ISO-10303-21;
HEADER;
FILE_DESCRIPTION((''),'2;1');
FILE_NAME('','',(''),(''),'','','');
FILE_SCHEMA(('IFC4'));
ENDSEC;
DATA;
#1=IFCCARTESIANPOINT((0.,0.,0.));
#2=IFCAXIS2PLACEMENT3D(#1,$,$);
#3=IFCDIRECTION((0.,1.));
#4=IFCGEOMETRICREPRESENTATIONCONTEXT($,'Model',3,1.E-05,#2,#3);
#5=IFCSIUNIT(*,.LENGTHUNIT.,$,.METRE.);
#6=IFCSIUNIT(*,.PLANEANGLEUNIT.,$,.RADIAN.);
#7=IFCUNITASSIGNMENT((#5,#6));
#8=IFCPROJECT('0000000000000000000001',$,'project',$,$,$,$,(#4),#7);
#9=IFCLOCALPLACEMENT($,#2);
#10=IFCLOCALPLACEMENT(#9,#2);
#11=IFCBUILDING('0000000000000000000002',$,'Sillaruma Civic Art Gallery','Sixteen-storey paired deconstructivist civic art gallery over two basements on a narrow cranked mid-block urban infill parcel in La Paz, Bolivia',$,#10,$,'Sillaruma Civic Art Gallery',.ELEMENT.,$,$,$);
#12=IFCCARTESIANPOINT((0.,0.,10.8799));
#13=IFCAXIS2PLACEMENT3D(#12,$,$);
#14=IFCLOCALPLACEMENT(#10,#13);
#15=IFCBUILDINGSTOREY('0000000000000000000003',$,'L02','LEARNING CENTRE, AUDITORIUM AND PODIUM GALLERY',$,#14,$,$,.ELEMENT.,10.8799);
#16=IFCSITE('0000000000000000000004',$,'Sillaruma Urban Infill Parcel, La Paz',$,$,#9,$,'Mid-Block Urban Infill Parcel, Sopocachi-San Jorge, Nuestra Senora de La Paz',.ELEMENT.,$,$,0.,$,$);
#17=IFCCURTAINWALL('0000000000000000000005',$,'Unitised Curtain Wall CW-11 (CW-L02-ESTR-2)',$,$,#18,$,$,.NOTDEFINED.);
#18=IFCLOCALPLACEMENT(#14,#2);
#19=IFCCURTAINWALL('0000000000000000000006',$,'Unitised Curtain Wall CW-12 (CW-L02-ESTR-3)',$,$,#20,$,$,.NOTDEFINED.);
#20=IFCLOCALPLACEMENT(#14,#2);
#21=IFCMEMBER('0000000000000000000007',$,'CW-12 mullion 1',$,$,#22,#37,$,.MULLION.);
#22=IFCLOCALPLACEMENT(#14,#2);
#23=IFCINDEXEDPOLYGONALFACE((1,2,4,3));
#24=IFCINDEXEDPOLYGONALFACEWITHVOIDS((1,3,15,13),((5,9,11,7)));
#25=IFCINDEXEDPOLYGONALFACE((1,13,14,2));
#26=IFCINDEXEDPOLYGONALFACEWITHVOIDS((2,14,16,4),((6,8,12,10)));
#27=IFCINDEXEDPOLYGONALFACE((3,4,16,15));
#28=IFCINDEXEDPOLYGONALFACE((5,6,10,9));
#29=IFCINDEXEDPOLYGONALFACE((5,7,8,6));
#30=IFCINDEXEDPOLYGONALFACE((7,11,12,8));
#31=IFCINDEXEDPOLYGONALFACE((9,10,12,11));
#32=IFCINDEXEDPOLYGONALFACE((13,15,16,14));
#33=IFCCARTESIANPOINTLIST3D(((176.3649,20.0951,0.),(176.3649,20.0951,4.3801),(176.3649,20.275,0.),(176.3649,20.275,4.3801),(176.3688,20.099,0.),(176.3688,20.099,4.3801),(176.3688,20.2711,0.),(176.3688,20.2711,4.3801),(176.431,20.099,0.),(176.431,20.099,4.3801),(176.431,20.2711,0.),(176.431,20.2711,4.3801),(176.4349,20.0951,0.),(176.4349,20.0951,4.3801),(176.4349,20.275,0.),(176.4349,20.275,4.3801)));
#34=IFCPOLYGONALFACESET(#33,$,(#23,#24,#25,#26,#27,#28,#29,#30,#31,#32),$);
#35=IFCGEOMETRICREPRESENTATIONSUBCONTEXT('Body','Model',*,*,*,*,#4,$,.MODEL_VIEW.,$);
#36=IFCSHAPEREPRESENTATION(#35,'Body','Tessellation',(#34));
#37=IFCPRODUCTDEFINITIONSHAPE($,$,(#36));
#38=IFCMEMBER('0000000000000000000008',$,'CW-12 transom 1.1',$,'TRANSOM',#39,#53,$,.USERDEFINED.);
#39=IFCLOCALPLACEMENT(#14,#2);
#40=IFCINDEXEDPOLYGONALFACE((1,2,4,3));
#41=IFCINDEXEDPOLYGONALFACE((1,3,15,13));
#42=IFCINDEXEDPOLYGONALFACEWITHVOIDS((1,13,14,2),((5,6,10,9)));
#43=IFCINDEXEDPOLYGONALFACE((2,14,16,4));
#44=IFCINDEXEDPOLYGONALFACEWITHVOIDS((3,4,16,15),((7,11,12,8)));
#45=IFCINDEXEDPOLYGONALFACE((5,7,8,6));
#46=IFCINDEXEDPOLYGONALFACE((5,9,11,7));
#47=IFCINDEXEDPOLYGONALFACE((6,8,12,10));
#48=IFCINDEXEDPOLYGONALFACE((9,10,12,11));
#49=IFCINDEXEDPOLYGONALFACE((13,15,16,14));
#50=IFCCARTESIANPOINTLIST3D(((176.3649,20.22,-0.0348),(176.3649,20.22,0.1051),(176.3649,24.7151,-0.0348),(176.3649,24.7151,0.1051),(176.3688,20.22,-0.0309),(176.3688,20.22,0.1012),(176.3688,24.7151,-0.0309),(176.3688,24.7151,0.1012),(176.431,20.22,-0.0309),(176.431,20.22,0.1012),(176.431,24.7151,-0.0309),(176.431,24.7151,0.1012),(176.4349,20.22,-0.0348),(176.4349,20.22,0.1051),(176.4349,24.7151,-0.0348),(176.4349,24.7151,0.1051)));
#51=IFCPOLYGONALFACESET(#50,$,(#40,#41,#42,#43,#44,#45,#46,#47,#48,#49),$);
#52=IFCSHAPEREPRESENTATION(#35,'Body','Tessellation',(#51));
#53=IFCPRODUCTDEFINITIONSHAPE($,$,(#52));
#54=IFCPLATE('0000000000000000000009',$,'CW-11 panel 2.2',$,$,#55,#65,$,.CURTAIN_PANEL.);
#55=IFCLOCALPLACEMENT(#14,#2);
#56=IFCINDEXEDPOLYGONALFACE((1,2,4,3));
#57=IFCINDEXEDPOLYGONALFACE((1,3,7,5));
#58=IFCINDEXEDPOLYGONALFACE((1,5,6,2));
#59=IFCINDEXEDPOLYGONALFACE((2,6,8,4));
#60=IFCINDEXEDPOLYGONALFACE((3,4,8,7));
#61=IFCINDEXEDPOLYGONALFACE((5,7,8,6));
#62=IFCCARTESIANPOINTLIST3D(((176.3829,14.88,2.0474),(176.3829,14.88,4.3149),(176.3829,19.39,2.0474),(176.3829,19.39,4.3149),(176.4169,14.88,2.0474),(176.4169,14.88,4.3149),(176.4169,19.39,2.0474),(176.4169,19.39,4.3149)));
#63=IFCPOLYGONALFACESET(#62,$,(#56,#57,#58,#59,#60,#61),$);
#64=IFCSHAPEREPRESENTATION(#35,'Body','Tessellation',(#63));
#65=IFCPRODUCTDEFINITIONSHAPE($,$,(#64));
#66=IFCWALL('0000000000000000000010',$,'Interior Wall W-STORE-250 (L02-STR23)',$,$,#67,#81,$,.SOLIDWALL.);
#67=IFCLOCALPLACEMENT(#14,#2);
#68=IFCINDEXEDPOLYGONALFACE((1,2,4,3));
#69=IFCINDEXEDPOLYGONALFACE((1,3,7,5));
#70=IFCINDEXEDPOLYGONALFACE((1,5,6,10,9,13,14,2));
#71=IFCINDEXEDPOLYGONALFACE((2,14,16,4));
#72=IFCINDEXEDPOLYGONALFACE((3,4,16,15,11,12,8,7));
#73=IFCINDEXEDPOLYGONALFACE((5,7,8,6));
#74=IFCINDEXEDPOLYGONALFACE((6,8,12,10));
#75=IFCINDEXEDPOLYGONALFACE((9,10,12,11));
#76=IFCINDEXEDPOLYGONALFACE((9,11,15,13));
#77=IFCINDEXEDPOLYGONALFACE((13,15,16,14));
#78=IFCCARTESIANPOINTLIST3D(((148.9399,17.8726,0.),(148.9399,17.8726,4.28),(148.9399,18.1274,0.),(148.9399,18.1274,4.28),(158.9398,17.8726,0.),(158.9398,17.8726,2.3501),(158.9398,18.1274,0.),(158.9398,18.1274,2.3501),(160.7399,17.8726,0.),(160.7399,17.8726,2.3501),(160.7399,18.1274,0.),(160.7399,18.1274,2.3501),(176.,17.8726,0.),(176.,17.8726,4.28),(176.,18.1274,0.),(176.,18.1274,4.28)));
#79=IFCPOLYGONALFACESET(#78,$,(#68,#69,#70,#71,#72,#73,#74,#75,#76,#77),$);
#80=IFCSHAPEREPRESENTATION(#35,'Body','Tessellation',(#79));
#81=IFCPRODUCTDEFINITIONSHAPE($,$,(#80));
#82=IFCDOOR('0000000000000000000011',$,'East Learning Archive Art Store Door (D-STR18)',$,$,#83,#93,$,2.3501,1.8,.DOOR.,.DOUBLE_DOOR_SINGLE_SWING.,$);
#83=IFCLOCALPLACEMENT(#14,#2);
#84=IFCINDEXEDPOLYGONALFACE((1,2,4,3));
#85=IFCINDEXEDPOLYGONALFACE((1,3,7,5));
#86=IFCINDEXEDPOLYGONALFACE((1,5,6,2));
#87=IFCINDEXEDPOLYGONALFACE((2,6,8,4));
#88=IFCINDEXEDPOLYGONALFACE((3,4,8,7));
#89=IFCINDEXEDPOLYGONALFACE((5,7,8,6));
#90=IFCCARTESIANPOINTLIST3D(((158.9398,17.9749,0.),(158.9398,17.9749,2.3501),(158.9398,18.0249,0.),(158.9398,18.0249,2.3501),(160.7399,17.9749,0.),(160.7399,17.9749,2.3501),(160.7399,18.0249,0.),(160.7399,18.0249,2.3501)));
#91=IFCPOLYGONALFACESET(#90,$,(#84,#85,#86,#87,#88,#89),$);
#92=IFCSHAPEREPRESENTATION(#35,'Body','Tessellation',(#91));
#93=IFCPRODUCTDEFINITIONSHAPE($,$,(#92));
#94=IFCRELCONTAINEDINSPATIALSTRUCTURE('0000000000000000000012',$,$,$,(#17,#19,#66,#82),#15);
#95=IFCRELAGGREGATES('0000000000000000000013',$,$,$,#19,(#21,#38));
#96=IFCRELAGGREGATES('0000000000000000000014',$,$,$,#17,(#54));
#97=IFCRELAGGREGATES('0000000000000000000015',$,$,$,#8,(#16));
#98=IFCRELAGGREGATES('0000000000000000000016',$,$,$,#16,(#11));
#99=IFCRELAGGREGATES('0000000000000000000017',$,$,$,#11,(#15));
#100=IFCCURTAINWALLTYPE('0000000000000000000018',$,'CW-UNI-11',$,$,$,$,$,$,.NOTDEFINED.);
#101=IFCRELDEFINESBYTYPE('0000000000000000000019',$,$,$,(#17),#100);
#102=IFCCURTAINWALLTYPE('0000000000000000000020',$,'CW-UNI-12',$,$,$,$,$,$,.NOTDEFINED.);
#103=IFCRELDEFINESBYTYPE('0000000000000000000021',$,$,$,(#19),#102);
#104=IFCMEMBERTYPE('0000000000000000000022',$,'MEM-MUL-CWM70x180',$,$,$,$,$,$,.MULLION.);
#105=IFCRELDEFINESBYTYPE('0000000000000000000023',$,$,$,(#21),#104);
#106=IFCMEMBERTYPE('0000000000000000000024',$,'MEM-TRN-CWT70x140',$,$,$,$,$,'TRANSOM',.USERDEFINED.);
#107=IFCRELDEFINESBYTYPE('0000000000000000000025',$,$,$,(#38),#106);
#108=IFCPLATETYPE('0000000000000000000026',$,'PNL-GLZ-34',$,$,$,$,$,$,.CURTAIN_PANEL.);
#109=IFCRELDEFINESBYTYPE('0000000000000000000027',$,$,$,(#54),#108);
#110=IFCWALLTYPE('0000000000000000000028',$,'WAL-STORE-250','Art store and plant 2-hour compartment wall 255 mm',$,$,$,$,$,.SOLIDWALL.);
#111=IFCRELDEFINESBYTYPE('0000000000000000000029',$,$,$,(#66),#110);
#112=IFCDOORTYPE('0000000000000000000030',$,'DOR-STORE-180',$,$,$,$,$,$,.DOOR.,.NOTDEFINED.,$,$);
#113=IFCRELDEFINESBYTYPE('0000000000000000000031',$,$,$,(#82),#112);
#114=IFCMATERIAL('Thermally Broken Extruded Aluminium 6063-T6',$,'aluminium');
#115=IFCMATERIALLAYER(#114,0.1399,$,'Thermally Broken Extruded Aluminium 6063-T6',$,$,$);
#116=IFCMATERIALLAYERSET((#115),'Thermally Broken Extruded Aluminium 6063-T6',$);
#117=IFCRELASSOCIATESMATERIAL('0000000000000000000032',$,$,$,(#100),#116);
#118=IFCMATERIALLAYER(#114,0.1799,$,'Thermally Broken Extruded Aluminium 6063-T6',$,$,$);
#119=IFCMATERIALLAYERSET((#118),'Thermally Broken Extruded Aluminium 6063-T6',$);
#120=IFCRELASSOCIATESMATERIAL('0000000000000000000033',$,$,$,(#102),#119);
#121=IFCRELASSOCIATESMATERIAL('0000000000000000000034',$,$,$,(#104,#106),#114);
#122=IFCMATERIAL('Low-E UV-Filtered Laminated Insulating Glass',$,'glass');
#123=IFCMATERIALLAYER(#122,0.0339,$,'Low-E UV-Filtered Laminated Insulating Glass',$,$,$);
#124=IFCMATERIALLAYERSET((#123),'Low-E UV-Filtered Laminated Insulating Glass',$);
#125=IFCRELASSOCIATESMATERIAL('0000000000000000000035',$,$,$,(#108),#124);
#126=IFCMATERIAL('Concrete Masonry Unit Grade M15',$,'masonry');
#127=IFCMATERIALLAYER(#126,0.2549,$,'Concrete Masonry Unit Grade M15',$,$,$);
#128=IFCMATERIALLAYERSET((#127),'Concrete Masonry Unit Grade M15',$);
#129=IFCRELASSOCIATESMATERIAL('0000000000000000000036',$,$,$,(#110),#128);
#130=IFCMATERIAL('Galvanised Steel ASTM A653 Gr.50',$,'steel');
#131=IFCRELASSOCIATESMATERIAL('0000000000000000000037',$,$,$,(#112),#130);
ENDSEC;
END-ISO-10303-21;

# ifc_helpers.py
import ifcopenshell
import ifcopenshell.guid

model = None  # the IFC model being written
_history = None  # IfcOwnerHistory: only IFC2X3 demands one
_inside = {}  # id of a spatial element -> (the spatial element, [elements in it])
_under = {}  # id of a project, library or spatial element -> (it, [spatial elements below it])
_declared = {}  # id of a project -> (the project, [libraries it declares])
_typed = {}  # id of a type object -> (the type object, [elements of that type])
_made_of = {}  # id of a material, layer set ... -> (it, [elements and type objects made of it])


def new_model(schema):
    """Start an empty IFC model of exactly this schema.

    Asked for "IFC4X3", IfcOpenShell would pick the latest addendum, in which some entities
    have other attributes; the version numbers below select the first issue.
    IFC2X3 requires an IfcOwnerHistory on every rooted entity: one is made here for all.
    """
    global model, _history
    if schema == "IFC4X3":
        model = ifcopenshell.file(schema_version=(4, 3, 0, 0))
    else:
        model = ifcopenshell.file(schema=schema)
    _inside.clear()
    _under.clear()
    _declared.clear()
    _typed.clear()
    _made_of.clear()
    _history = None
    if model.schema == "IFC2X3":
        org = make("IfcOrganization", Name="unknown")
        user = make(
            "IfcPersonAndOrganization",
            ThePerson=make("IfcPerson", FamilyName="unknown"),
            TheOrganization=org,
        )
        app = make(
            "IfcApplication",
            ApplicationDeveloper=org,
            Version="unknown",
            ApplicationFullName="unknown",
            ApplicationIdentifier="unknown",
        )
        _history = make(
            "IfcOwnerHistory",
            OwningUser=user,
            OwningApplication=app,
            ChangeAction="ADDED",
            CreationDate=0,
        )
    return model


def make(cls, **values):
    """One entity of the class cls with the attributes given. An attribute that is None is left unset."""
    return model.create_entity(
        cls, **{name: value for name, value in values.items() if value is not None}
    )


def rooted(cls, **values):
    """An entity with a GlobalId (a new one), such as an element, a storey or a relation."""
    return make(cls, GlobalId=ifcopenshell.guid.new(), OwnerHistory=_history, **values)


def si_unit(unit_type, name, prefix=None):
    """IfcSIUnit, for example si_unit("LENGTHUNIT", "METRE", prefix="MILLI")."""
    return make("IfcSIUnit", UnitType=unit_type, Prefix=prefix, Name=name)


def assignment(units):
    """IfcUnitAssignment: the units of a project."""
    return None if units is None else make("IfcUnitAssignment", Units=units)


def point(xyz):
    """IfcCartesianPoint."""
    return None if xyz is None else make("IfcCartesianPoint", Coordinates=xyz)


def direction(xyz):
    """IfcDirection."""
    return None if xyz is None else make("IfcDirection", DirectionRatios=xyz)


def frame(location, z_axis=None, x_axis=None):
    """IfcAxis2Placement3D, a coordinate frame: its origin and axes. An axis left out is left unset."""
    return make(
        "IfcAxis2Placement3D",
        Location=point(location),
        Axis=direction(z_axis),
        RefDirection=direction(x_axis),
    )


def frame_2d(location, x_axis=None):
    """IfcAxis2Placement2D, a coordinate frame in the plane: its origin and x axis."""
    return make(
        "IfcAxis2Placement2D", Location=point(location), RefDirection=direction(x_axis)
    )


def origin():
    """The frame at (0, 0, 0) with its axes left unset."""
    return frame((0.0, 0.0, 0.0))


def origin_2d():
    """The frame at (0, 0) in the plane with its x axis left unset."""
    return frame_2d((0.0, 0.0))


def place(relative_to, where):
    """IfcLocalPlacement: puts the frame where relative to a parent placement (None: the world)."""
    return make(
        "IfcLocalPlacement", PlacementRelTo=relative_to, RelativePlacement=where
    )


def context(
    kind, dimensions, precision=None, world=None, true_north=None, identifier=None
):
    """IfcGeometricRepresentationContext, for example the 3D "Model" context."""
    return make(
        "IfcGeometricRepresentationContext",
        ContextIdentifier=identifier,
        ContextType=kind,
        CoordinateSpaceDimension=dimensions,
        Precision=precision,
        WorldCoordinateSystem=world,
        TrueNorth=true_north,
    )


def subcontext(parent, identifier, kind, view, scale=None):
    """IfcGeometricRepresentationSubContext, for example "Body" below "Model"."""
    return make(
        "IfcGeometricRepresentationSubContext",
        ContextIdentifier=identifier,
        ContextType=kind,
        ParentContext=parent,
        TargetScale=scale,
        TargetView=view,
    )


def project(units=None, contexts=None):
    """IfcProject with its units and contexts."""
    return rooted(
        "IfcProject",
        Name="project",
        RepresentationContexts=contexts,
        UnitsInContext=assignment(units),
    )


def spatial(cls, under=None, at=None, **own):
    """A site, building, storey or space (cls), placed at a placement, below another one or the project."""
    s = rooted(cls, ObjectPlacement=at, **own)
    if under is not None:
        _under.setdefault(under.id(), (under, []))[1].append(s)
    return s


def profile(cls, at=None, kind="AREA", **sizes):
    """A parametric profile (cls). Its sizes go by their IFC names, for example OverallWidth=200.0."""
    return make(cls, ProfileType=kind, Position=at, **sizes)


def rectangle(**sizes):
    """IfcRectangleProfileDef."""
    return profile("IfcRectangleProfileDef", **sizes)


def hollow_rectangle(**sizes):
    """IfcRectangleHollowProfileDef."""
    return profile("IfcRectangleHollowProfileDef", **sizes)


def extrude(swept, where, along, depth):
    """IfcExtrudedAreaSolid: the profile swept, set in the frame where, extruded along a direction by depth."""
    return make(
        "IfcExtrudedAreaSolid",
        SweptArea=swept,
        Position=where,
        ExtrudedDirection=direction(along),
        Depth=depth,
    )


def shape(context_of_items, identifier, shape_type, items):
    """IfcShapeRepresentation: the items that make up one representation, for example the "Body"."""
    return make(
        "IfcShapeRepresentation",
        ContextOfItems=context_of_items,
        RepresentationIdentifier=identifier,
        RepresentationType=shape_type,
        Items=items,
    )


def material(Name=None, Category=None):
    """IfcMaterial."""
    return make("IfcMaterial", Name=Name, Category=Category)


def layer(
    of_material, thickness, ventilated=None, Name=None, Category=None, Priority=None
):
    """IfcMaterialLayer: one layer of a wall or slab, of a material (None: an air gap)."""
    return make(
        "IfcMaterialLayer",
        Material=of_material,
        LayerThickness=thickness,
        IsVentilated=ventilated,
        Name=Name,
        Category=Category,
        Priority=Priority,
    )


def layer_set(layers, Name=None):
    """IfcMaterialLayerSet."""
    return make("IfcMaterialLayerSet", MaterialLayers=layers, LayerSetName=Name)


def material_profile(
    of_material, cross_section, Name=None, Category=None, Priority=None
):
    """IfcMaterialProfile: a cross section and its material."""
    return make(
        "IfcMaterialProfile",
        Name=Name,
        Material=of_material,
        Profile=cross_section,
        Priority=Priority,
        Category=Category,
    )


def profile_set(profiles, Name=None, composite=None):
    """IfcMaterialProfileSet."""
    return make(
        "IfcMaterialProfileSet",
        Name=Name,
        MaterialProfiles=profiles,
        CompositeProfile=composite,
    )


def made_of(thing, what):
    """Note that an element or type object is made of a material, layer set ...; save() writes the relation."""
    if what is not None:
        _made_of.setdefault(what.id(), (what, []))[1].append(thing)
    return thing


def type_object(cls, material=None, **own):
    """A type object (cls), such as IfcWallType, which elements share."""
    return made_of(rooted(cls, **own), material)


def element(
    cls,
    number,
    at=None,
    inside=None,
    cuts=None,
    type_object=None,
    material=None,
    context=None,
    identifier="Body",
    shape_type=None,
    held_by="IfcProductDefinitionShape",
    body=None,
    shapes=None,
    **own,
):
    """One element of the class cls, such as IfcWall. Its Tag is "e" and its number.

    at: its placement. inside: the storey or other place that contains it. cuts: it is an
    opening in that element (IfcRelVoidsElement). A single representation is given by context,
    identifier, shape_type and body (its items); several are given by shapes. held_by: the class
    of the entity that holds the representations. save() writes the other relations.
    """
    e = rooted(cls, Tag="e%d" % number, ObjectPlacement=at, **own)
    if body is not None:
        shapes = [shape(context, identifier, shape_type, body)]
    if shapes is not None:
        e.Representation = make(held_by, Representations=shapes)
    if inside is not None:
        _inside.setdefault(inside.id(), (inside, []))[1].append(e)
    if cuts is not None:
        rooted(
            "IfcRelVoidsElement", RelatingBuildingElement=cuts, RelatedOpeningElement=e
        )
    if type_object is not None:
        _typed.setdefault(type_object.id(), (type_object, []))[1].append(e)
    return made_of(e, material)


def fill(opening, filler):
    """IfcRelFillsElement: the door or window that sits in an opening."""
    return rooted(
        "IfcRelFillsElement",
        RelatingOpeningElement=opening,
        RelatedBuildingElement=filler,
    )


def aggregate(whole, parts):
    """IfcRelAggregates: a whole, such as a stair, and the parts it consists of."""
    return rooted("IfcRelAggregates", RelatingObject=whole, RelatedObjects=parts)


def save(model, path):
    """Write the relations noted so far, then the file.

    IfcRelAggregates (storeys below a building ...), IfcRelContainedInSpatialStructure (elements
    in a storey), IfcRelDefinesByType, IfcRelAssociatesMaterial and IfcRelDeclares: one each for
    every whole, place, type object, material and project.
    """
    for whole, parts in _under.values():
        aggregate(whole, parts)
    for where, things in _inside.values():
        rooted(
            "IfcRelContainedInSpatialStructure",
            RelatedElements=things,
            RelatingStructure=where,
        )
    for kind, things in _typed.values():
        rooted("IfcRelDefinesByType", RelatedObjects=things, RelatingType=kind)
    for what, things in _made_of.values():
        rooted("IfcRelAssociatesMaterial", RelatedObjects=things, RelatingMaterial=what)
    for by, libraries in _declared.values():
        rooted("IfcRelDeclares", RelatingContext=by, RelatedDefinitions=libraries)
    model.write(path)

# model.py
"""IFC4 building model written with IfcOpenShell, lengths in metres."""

from ifc_helpers import new_model, si_unit, direction, frame, frame_2d, origin, origin_2d, place, context, subcontext, project, spatial, rectangle, hollow_rectangle, extrude, material, layer, layer_set, material_profile, profile_set, type_object, element, fill, aggregate, save


model = new_model("IFC4")

# Units and contexts
model_context = context("Model", 3, precision=1e-05, world=origin(), true_north=direction((0.0, 1.0)))
body_context = subcontext(model_context, "Body", "Model", "MODEL_VIEW")
ifc_project = project(units=[si_unit("LENGTHUNIT", "METRE"), si_unit("PLANEANGLEUNIT", "RADIAN")], contexts=[model_context])

# Site, building, storey
site_placement = place(None, origin())
site = spatial("IfcSite", under=ifc_project, at=site_placement, Name="Sillaruma Urban Infill Parcel, La Paz", LongName="Mid-Block Urban Infill Parcel, Sopocachi-San Jorge, Nuestra Senora de La Paz", CompositionType="ELEMENT", RefElevation=0.0)
building_placement = place(site_placement, origin())
building = spatial("IfcBuilding", under=site, at=building_placement, Name="Sillaruma Civic Art Gallery", Description="Sixteen-storey paired deconstructivist civic art gallery over two basements on a narrow cranked mid-block urban infill parcel in La Paz, Bolivia", LongName="Sillaruma Civic Art Gallery", CompositionType="ELEMENT")
storey_placement = place(building_placement, frame((0.0, 0.0, 10.8799)))
storey = spatial("IfcBuildingStorey", under=building, at=storey_placement, Name="L02", Description="LEARNING CENTRE, AUDITORIUM AND PODIUM GALLERY", CompositionType="ELEMENT", Elevation=10.8799)

# Curtain wall
ifc_material_1 = material(Name="Thermally Broken Extruded Aluminium 6063-T6", Category="aluminium")
ifc_layer_1 = layer(ifc_material_1, 0.1399, Name="Thermally Broken Extruded Aluminium 6063-T6")
ifc_layer_set_1 = layer_set([ifc_layer_1], Name="Thermally Broken Extruded Aluminium 6063-T6")
curtain_wall_type_1 = type_object("IfcCurtainWallType", Name="CW-UNI-11", PredefinedType="NOTDEFINED", material=ifc_layer_set_1)
curtain_wall_1_placement = place(storey_placement, origin())
curtain_wall_1 = element("IfcCurtainWall", 1, at=curtain_wall_1_placement, inside=storey, type_object=curtain_wall_type_1, Name="Unitised Curtain Wall CW-11 (CW-L02-ESTR-2)", PredefinedType="NOTDEFINED")

# Curtain wall, members
ifc_layer_2 = layer(ifc_material_1, 0.1799, Name="Thermally Broken Extruded Aluminium 6063-T6")
ifc_layer_set_2 = layer_set([ifc_layer_2], Name="Thermally Broken Extruded Aluminium 6063-T6")
curtain_wall_type_2 = type_object("IfcCurtainWallType", Name="CW-UNI-12", PredefinedType="NOTDEFINED", material=ifc_layer_set_2)
curtain_wall_2_placement = place(storey_placement, origin())
curtain_wall_2 = element("IfcCurtainWall", 2, at=curtain_wall_2_placement, inside=storey, type_object=curtain_wall_type_2, Name="Unitised Curtain Wall CW-12 (CW-L02-ESTR-3)", PredefinedType="NOTDEFINED")
ifc_material_profile_1 = material_profile(ifc_material_1, hollow_rectangle(XDim=0.0701, YDim=0.1799, WallThickness=0.0039, at=origin_2d()), Name="CWM70x180")
ifc_profile_set_1 = profile_set([ifc_material_profile_1], Name="Thermally Broken Extruded Aluminium 6063-T6")
member_type_1 = type_object("IfcMemberType", Name="MEM-MUL-CWM70x180", PredefinedType="MULLION", material=ifc_profile_set_1)
member_1_placement = place(storey_placement, frame((176.3999, 20.1851, 0.0), z_axis=(0.0, 0.0, 1.0), x_axis=(-1.0, 0.0, 0.0)))
member_1 = element("IfcMember", 3, at=member_1_placement, type_object=member_type_1, Name="CW-12 mullion 1", PredefinedType="MULLION", context=body_context, shape_type="SweptSolid", body=[
    extrude(hollow_rectangle(XDim=0.0701, YDim=0.1799, WallThickness=0.0039, at=origin_2d()), origin(), (0.0, 0.0, 1.0), 4.3801),
])
ifc_material_profile_2 = material_profile(ifc_material_1, hollow_rectangle(XDim=0.0701, YDim=0.1399, WallThickness=0.0039, at=origin_2d()), Name="CWT70x140")
ifc_profile_set_2 = profile_set([ifc_material_profile_2], Name="Thermally Broken Extruded Aluminium 6063-T6")
member_type_2 = type_object("IfcMemberType", Name="MEM-TRN-CWT70x140", ElementType="TRANSOM", PredefinedType="USERDEFINED", material=ifc_profile_set_2)
member_2_placement = place(storey_placement, frame((176.3999, 20.22, 0.0352), z_axis=(0.0, 1.0, 0.0), x_axis=(-1.0, 0.0, 0.0)))
member_2 = element("IfcMember", 4, at=member_2_placement, type_object=member_type_2, Name="CW-12 transom 1.1", ObjectType="TRANSOM", PredefinedType="USERDEFINED", context=body_context, shape_type="SweptSolid", body=[
    extrude(hollow_rectangle(XDim=0.0701, YDim=0.1399, WallThickness=0.0039, at=origin_2d()), origin(), (0.0, 0.0, 1.0), 4.4951),
])
aggregate(curtain_wall_2, [member_1, member_2])

# Plate
ifc_material_2 = material(Name="Low-E UV-Filtered Laminated Insulating Glass", Category="glass")
ifc_layer_3 = layer(ifc_material_2, 0.0339, Name="Low-E UV-Filtered Laminated Insulating Glass")
ifc_layer_set_3 = layer_set([ifc_layer_3], Name="Low-E UV-Filtered Laminated Insulating Glass")
plate_type = type_object("IfcPlateType", Name="PNL-GLZ-34", PredefinedType="CURTAIN_PANEL", material=ifc_layer_set_3)
plate_placement = place(storey_placement, frame((176.3999, 17.135, 2.0474), z_axis=(0.0, 0.0, 1.0), x_axis=(0.0, 1.0, 0.0)))
plate = element("IfcPlate", 5, at=plate_placement, type_object=plate_type, Name="CW-11 panel 2.2", PredefinedType="CURTAIN_PANEL", context=body_context, shape_type="SweptSolid", body=[
    extrude(rectangle(XDim=4.51, YDim=0.0339, at=origin_2d()), origin(), (0.0, 0.0, 1.0), 2.2676),
])
aggregate(curtain_wall_1, [plate])

# Wall, opening, door
ifc_material_3 = material(Name="Concrete Masonry Unit Grade M15", Category="masonry")
ifc_layer_4 = layer(ifc_material_3, 0.2549, Name="Concrete Masonry Unit Grade M15")
ifc_layer_set_4 = layer_set([ifc_layer_4], Name="Concrete Masonry Unit Grade M15")
wall_type = type_object("IfcWallType", Name="WAL-STORE-250", Description="Art store and plant 2-hour compartment wall 255 mm", PredefinedType="SOLIDWALL", material=ifc_layer_set_4)
wall_placement = place(storey_placement, frame((148.9399, 18.0, 0.0), z_axis=(0.0, 0.0, 1.0), x_axis=(1.0, 0.0, 0.0)))
wall = element("IfcWall", 6, at=wall_placement, inside=storey, type_object=wall_type, Name="Interior Wall W-STORE-250 (L02-STR23)", PredefinedType="SOLIDWALL", context=body_context, shape_type="SweptSolid", body=[
    extrude(rectangle(XDim=27.0601, YDim=0.2549, at=frame_2d((13.53, 0.0))), origin(), (0.0, 0.0, 1.0), 4.28),
])
opening_placement = place(wall_placement, frame((10.0, 0.0, 0.0)))
opening = element("IfcOpeningElement", 7, at=opening_placement, cuts=wall, PredefinedType="OPENING", context=body_context, shape_type="SweptSolid", body=[
    extrude(rectangle(XDim=1.8, YDim=2.3501, at=frame_2d((0.8999, 1.175))), frame((0.0, 0.1375, 0.0), z_axis=(0.0, -1.0, 0.0), x_axis=(1.0, 0.0, 0.0)), (0.0, 0.0, 1.0), 0.2749),
])
ifc_material_4 = material(Name="Galvanised Steel ASTM A653 Gr.50", Category="steel")
door_type = type_object("IfcDoorType", Name="DOR-STORE-180", OperationType="NOTDEFINED", PredefinedType="DOOR", material=ifc_material_4)
door_placement = place(opening_placement, origin())
door = element("IfcDoor", 8, at=door_placement, inside=storey, type_object=door_type, Name="East Learning Archive Art Store Door (D-STR18)", OperationType="DOUBLE_DOOR_SINGLE_SWING", OverallHeight=2.3501, OverallWidth=1.8, PredefinedType="DOOR", context=body_context, shape_type="SweptSolid", body=[
    extrude(rectangle(XDim=1.8, YDim=2.3501, at=frame_2d((0.8999, 1.175))), frame((0.0, 0.0249, 0.0), z_axis=(0.0, -1.0, 0.0), x_axis=(1.0, 0.0, 0.0)), (0.0, 0.0, 1.0), 0.05),
])
fill(opening, door)

save(model, "model.ifc")
